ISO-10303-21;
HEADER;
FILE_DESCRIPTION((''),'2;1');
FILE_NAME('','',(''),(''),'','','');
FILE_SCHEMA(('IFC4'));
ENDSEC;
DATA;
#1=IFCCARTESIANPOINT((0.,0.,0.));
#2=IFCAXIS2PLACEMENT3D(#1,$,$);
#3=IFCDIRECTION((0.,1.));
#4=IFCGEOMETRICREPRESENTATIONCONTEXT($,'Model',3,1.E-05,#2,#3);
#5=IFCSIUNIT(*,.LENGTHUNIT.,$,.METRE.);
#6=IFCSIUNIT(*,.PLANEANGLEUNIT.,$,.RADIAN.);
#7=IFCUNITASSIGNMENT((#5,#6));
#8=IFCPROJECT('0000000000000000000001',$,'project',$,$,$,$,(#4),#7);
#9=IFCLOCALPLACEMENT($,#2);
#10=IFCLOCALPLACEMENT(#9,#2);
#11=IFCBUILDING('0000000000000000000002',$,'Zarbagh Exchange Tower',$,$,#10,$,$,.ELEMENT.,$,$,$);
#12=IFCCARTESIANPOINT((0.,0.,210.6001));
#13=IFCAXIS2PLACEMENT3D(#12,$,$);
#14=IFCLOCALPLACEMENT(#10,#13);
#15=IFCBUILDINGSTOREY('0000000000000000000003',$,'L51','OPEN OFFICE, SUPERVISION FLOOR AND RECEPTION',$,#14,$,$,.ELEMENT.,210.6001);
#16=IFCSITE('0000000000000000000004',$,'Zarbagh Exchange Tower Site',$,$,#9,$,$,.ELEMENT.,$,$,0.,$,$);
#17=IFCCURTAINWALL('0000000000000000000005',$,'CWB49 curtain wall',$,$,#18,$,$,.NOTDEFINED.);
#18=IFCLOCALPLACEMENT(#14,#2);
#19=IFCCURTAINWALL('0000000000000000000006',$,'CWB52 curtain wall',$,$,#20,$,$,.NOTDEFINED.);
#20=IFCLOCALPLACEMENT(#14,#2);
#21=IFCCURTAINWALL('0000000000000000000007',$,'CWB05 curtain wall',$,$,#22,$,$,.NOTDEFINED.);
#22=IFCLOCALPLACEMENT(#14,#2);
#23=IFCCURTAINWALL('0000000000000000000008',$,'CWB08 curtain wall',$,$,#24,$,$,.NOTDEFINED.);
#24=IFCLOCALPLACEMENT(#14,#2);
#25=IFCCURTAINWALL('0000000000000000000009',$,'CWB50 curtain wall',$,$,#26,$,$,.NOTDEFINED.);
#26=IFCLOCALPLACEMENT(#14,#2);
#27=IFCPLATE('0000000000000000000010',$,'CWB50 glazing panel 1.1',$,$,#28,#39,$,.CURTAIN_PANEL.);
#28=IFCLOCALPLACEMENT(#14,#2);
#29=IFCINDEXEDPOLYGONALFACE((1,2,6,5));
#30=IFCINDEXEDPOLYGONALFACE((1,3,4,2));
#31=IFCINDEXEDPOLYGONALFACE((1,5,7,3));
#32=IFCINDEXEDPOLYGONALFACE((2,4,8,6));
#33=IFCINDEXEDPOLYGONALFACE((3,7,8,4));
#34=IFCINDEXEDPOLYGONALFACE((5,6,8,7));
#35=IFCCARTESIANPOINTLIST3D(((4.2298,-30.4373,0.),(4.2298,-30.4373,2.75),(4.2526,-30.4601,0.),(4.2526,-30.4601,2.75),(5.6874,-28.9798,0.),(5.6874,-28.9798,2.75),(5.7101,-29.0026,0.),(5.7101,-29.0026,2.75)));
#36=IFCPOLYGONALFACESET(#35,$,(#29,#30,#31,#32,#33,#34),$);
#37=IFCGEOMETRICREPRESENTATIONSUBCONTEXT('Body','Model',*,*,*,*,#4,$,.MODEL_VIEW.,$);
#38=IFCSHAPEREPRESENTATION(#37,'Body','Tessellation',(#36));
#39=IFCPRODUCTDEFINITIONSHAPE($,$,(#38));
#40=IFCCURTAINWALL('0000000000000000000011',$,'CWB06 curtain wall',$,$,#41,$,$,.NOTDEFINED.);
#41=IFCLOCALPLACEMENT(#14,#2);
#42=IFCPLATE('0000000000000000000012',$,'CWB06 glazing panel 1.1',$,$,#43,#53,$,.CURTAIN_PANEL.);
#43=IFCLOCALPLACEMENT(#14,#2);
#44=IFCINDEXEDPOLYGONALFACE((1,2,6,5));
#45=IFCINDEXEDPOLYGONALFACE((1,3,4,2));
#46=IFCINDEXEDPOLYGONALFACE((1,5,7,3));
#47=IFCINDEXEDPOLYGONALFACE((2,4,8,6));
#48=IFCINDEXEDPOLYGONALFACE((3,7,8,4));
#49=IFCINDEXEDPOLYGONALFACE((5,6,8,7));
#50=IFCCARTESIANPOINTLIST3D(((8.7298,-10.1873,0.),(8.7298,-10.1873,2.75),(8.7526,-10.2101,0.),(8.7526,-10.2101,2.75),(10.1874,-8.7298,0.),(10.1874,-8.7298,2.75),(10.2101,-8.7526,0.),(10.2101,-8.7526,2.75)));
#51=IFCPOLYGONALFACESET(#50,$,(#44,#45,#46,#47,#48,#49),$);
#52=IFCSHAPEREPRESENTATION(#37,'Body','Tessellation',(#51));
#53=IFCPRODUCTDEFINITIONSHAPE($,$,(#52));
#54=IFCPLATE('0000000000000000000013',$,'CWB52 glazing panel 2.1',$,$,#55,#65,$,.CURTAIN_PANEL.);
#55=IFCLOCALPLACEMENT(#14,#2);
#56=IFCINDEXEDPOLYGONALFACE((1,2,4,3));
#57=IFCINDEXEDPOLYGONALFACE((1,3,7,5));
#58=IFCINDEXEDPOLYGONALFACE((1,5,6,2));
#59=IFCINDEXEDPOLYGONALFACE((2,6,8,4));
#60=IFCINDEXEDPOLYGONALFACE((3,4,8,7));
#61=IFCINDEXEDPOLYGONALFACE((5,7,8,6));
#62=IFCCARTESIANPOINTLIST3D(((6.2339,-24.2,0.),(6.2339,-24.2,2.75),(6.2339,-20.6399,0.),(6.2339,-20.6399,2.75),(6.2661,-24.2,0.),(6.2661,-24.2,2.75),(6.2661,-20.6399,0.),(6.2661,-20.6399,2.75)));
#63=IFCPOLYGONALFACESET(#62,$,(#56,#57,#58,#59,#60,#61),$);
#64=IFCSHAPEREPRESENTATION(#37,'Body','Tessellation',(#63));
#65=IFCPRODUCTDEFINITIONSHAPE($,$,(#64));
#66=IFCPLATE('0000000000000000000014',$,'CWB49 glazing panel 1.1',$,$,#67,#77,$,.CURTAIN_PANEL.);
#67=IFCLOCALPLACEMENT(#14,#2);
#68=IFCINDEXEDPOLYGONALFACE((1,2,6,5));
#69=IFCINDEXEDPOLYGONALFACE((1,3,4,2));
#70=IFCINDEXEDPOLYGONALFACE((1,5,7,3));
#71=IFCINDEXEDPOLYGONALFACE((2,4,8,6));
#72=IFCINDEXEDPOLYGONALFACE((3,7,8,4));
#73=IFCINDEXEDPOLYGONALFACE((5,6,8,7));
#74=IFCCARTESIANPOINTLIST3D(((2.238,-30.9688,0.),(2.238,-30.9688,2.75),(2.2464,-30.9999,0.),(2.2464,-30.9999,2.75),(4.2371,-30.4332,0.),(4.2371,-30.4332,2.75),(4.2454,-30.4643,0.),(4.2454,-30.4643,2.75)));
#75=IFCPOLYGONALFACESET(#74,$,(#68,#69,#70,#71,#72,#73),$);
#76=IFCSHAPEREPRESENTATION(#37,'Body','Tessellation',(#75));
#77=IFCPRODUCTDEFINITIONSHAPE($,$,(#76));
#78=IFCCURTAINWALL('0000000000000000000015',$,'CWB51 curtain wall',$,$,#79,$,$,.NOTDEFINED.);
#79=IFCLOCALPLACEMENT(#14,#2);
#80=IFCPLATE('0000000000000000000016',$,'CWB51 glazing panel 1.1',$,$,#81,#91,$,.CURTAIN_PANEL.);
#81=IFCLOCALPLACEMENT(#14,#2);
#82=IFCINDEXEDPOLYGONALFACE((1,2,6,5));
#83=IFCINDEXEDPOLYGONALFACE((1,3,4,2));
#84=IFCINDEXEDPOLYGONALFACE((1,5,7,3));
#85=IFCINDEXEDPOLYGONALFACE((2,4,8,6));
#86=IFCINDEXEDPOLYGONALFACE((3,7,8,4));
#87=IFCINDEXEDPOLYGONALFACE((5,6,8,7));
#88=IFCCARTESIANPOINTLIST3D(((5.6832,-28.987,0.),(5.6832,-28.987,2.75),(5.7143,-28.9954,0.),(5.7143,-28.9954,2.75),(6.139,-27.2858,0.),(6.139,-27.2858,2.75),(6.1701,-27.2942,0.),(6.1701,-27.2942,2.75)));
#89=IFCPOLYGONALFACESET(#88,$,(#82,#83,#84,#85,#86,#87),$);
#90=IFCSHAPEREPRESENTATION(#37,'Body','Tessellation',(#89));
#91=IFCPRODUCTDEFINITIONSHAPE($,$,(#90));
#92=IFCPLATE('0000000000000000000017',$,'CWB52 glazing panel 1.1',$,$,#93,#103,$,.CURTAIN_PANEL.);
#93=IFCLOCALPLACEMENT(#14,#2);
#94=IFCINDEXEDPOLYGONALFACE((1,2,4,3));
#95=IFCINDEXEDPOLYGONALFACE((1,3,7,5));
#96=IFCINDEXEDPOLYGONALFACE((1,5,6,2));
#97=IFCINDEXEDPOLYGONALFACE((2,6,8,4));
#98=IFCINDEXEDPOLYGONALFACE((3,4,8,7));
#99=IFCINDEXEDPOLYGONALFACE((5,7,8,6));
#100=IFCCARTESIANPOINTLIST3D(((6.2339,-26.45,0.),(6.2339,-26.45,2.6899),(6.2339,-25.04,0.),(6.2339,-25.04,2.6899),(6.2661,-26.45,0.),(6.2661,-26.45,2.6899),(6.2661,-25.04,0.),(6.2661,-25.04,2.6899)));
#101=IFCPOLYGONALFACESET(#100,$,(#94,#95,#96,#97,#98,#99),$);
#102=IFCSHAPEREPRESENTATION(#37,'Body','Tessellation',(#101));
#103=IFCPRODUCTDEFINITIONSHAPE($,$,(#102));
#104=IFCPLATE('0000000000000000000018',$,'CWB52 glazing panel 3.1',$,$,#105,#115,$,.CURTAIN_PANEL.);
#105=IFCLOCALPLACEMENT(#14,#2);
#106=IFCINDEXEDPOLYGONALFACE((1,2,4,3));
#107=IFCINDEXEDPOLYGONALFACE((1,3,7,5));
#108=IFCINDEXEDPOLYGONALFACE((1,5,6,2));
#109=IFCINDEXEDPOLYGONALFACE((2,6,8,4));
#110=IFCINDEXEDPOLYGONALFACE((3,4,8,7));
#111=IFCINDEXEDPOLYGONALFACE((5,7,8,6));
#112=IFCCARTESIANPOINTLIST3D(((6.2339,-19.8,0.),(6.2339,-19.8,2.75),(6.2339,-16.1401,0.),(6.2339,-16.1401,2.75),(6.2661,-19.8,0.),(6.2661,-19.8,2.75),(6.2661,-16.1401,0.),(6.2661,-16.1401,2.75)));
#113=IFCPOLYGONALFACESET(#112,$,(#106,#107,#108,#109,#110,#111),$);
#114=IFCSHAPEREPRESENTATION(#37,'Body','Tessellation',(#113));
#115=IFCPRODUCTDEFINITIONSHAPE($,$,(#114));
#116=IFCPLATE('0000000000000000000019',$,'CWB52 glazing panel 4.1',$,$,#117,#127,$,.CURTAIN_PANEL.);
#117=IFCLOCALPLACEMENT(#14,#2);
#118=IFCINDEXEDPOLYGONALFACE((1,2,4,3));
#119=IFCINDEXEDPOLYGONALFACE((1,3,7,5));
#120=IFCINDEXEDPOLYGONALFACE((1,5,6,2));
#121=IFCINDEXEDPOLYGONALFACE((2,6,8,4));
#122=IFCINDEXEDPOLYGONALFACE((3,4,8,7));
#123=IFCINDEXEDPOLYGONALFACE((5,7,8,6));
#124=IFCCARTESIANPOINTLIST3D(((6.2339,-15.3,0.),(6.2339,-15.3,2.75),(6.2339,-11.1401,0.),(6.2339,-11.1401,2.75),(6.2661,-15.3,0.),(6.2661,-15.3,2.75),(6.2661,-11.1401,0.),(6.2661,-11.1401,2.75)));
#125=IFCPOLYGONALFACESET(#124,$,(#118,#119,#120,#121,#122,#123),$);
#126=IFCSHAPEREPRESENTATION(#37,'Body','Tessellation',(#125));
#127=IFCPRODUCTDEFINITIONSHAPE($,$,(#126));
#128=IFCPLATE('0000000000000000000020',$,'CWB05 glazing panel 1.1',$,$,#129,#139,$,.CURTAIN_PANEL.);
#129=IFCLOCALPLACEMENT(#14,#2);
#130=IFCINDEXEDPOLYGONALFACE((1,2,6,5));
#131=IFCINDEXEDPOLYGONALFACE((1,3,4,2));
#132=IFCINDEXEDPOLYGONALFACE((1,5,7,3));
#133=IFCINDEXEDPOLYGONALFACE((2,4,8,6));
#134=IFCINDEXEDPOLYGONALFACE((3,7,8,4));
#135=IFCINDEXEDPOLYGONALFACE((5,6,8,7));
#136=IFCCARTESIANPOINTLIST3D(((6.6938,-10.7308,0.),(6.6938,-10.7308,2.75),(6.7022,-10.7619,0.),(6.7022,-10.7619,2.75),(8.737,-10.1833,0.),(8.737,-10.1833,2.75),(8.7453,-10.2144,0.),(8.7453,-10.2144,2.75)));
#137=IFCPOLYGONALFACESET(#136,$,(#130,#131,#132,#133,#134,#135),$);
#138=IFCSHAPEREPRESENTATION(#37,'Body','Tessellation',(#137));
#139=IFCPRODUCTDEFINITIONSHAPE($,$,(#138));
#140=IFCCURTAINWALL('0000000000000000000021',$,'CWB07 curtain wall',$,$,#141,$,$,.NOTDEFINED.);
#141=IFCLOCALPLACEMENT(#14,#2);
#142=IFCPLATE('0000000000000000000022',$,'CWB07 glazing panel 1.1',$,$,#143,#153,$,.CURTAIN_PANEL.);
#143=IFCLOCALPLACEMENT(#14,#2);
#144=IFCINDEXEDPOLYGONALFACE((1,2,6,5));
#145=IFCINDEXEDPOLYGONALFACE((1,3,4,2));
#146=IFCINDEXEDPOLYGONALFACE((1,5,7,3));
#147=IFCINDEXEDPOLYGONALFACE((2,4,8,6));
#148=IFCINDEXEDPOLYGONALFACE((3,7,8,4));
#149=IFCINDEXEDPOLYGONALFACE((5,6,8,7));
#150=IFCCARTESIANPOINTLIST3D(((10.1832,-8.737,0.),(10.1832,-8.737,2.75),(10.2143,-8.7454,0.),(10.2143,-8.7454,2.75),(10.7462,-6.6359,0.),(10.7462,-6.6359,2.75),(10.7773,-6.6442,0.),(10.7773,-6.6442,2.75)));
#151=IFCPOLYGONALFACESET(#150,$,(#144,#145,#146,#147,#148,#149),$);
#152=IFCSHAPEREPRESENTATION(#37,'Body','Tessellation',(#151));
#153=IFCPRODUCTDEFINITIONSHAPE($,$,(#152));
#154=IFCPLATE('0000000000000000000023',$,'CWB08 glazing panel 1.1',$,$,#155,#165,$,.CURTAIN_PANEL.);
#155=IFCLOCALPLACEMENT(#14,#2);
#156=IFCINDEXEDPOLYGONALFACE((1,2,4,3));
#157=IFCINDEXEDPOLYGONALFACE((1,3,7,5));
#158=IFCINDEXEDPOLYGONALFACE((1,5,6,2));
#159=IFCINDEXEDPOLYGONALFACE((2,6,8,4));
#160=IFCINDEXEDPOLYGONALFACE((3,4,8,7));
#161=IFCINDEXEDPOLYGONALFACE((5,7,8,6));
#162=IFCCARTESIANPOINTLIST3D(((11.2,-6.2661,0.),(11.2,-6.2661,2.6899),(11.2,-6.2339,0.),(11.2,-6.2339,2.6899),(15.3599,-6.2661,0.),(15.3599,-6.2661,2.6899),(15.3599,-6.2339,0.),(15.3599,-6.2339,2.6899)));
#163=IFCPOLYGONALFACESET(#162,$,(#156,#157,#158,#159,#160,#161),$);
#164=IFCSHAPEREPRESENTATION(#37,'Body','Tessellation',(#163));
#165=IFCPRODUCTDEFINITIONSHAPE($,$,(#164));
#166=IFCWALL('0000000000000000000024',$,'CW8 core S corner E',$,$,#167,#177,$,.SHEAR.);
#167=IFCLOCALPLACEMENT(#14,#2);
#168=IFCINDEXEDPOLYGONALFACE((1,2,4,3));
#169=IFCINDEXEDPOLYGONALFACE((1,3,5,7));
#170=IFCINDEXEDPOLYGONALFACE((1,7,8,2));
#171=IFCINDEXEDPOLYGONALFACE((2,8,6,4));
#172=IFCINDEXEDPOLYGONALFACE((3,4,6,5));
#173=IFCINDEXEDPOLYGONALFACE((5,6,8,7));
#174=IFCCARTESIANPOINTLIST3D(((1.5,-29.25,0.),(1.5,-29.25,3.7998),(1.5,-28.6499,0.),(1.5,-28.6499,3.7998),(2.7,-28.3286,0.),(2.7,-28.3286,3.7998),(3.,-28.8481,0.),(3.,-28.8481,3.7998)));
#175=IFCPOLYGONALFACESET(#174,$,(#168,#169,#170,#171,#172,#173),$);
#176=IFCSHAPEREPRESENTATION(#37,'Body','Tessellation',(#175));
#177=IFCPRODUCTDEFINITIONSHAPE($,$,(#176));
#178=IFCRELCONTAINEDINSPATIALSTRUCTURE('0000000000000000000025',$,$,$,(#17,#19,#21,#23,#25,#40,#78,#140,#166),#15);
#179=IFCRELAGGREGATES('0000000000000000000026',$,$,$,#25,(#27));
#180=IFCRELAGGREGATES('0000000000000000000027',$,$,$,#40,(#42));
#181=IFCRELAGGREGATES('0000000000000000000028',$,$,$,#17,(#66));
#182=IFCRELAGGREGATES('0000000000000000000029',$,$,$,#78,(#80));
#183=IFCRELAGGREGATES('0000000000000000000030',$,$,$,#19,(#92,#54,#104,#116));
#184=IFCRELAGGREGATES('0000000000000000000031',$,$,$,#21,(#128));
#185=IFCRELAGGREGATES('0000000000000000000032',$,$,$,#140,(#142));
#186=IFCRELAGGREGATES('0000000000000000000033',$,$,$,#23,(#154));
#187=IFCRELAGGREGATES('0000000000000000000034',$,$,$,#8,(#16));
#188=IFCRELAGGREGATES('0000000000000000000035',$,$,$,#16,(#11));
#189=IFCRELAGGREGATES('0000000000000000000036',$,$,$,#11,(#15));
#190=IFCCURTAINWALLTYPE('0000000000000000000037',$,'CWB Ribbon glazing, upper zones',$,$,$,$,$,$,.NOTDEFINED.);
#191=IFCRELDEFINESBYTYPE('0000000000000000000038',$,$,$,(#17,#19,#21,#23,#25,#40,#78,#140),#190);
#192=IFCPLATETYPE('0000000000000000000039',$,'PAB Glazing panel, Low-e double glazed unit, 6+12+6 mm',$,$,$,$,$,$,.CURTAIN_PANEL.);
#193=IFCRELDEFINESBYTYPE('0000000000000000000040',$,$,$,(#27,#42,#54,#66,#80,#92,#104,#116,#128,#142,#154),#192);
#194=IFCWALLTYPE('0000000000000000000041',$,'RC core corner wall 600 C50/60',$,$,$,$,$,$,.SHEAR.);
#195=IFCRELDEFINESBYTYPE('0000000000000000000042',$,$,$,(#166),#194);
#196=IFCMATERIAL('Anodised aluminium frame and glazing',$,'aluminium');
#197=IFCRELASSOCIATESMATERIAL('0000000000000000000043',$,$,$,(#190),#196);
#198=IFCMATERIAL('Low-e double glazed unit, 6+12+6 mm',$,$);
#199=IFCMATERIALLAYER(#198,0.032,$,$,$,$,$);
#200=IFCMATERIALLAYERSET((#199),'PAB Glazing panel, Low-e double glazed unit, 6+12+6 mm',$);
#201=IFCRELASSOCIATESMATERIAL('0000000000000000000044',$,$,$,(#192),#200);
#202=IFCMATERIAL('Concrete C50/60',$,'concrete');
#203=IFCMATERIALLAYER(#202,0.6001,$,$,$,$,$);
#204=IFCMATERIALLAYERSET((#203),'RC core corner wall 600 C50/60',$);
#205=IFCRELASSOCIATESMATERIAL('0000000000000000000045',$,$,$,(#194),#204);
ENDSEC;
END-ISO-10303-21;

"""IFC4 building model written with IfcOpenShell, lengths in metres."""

from ifc_helpers import new_model, si_unit, direction, frame, origin, place, context, subcontext, project, spatial, polyline, outline, extrude, source, transform, mapped, material, layer, layer_set, type_object, element, aggregate, save


model = new_model("IFC4")

# Units and contexts
model_context = context("Model", 3, precision=1e-05, world=origin(), true_north=direction((0.0, 1.0)))
body_context = subcontext(model_context, "Body", "Model", "MODEL_VIEW")
ifc_project = project(units=[si_unit("LENGTHUNIT", "METRE"), si_unit("PLANEANGLEUNIT", "RADIAN")], contexts=[model_context])

# Site, building, storey
site_placement = place(None, origin())
site = spatial("IfcSite", under=ifc_project, at=site_placement, Name="Zarbagh Exchange Tower Site", CompositionType="ELEMENT", RefElevation=0.0)
building_placement = place(site_placement, origin())
building = spatial("IfcBuilding", under=site, at=building_placement, Name="Zarbagh Exchange Tower", CompositionType="ELEMENT")
storey_placement = place(building_placement, frame((0.0, 0.0, 210.6001)))
storey = spatial("IfcBuildingStorey", under=building, at=storey_placement, Name="L51", Description="OPEN OFFICE, SUPERVISION FLOOR AND RECEPTION", CompositionType="ELEMENT", Elevation=210.6001)

# Curtain wall
ifc_material_1 = material(Name="Anodised aluminium frame and glazing", Category="aluminium")
curtain_wall_type = type_object("IfcCurtainWallType", Name="CWB Ribbon glazing, upper zones", PredefinedType="NOTDEFINED", material=ifc_material_1)
curtain_wall_1_placement = place(storey_placement, origin())
curtain_wall_1 = element("IfcCurtainWall", 1, at=curtain_wall_1_placement, inside=storey, type_object=curtain_wall_type, Name="CWB49 curtain wall", PredefinedType="NOTDEFINED")
placement = place(storey_placement, origin())

# Curtain wall
curtain_wall_2_placement = place(storey_placement, origin())
curtain_wall_2 = element("IfcCurtainWall", 2, at=curtain_wall_2_placement, inside=storey, type_object=curtain_wall_type, Name="CWB52 curtain wall", PredefinedType="NOTDEFINED")

# Curtain walls
curtain_wall_3_placement = place(storey_placement, origin())
curtain_wall_3 = element("IfcCurtainWall", 3, at=curtain_wall_3_placement, inside=storey, type_object=curtain_wall_type, Name="CWB05 curtain wall", PredefinedType="NOTDEFINED")
curtain_wall_4_placement = place(storey_placement, origin())
curtain_wall_4 = element("IfcCurtainWall", 4, at=curtain_wall_4_placement, inside=storey, type_object=curtain_wall_type, Name="CWB08 curtain wall", PredefinedType="NOTDEFINED")

# Curtain walls, plates
curtain_wall_5_placement = place(storey_placement, origin())
curtain_wall_5 = element("IfcCurtainWall", 5, at=curtain_wall_5_placement, inside=storey, type_object=curtain_wall_type, Name="CWB50 curtain wall", PredefinedType="NOTDEFINED")
ifc_material_2 = material(Name="Low-e double glazed unit, 6+12+6 mm")
ifc_layer_1 = layer(ifc_material_2, 0.032)
ifc_layer_set_1 = layer_set([ifc_layer_1], Name="PAB Glazing panel, Low-e double glazed unit, 6+12+6 mm")
plate_type = type_object("IfcPlateType", Name="PAB Glazing panel, Low-e double glazed unit, 6+12+6 mm", PredefinedType="CURTAIN_PANEL", material=ifc_layer_set_1)
shared_shape_1 = source(origin(), body_context, "Body", "SweptSolid", [
    extrude(outline(polyline([(0.0, -0.0161), (2.0613, -0.0161), (2.0613, 0.0161), (0.0, 0.0161), (0.0, -0.0161)])), origin(), (0.0, 0.0, 1.0), 2.75),
])
plate_1 = element("IfcPlate", 6, at=placement, type_object=plate_type, Name="CWB50 glazing panel 1.1", PredefinedType="CURTAIN_PANEL", context=body_context, shape_type="MappedRepresentation", body=[
    mapped(shared_shape_1, transform((4.2412, -30.4487, 0.0), x_axis=(0.707107, 0.707107, 0.0), y_axis=(-0.707107, 0.707107, 0.0), z_axis=(0.0, 0.0, 1.0))),
])
aggregate(curtain_wall_5, [plate_1])
curtain_wall_6_placement = place(storey_placement, origin())
curtain_wall_6 = element("IfcCurtainWall", 7, at=curtain_wall_6_placement, inside=storey, type_object=curtain_wall_type, Name="CWB06 curtain wall", PredefinedType="NOTDEFINED")
plate_2 = element("IfcPlate", 8, at=placement, type_object=plate_type, Name="CWB06 glazing panel 1.1", PredefinedType="CURTAIN_PANEL", context=body_context, shape_type="MappedRepresentation", body=[
    mapped(shared_shape_1, transform((8.7412, -10.1987, 0.0), x_axis=(0.707107, 0.707107, 0.0), y_axis=(-0.707107, 0.707107, 0.0), z_axis=(0.0, 0.0, 1.0))),
])
aggregate(curtain_wall_6, [plate_2])

# Plates
shared_shape_2 = source(origin(), body_context, "Body", "SweptSolid", [
    extrude(outline(polyline([(0.0, -0.0161), (3.5601, -0.0161), (3.5601, 0.0161), (0.0, 0.0161), (0.0, -0.0161)])), origin(), (0.0, 0.0, 1.0), 2.75),
])
plate_3 = element("IfcPlate", 9, at=placement, type_object=plate_type, Name="CWB52 glazing panel 2.1", PredefinedType="CURTAIN_PANEL", context=body_context, shape_type="MappedRepresentation", body=[
    mapped(shared_shape_2, transform((6.25, -24.2, 0.0), x_axis=(0.0, 1.0, 0.0), y_axis=(-1.0, 0.0, 0.0), z_axis=(0.0, 0.0, 1.0))),
])
shared_shape_3 = source(origin(), body_context, "Body", "SweptSolid", [
    extrude(outline(polyline([(0.0, -0.0161), (2.0696, -0.0161), (2.0696, 0.0161), (0.0, 0.0161), (0.0, -0.0161)])), origin(), (0.0, 0.0, 1.0), 2.75),
])
plate_4 = element("IfcPlate", 10, at=placement, type_object=plate_type, Name="CWB49 glazing panel 1.1", PredefinedType="CURTAIN_PANEL", context=body_context, shape_type="MappedRepresentation", body=[
    mapped(shared_shape_3, transform((2.2422, -30.9844, 0.0), x_axis=(0.965924, 0.258825, 0.0), y_axis=(-0.258825, 0.965924, 0.0), z_axis=(0.0, 0.0, 1.0))),
])
aggregate(curtain_wall_1, [plate_4])

# Curtain wall, plate
curtain_wall_7_placement = place(storey_placement, origin())
curtain_wall_7 = element("IfcCurtainWall", 11, at=curtain_wall_7_placement, inside=storey, type_object=curtain_wall_type, Name="CWB51 curtain wall", PredefinedType="NOTDEFINED")
shared_shape_4 = source(origin(), body_context, "Body", "SweptSolid", [
    extrude(outline(polyline([(0.0, -0.0161), (1.7612, -0.0161), (1.7612, 0.0161), (0.0, 0.0161), (0.0, -0.0161)])), origin(), (0.0, 0.0, 1.0), 2.75),
])
plate_5 = element("IfcPlate", 12, at=placement, type_object=plate_type, Name="CWB51 glazing panel 1.1", PredefinedType="CURTAIN_PANEL", context=body_context, shape_type="MappedRepresentation", body=[
    mapped(shared_shape_4, transform((5.6987, -28.9912, 0.0), x_axis=(0.258825, 0.965924, 0.0), y_axis=(-0.965924, 0.258825, 0.0), z_axis=(0.0, 0.0, 1.0))),
])
aggregate(curtain_wall_7, [plate_5])

# Plates
shared_shape_5 = source(origin(), body_context, "Body", "SweptSolid", [
    extrude(outline(polyline([(0.0, -0.0161), (1.4099, -0.0161), (1.4099, 0.0161), (0.0, 0.0161), (0.0, -0.0161)])), origin(), (0.0, 0.0, 1.0), 2.6899),
])
plate_6 = element("IfcPlate", 13, at=placement, type_object=plate_type, Name="CWB52 glazing panel 1.1", PredefinedType="CURTAIN_PANEL", context=body_context, shape_type="MappedRepresentation", body=[
    mapped(shared_shape_5, transform((6.25, -26.45, 0.0), x_axis=(0.0, 1.0, 0.0), y_axis=(-1.0, 0.0, 0.0), z_axis=(0.0, 0.0, 1.0))),
])
shared_shape_6 = source(origin(), body_context, "Body", "SweptSolid", [
    extrude(outline(polyline([(0.0, -0.0161), (3.6599, -0.0161), (3.6599, 0.0161), (0.0, 0.0161), (0.0, -0.0161)])), origin(), (0.0, 0.0, 1.0), 2.75),
])
plate_7 = element("IfcPlate", 14, at=placement, type_object=plate_type, Name="CWB52 glazing panel 3.1", PredefinedType="CURTAIN_PANEL", context=body_context, shape_type="MappedRepresentation", body=[
    mapped(shared_shape_6, transform((6.25, -19.8, 0.0), x_axis=(0.0, 1.0, 0.0), y_axis=(-1.0, 0.0, 0.0), z_axis=(0.0, 0.0, 1.0))),
])
shared_shape_7 = source(origin(), body_context, "Body", "SweptSolid", [
    extrude(outline(polyline([(0.0, -0.0161), (4.1599, -0.0161), (4.1599, 0.0161), (0.0, 0.0161), (0.0, -0.0161)])), origin(), (0.0, 0.0, 1.0), 2.75),
])
plate_8 = element("IfcPlate", 15, at=placement, type_object=plate_type, Name="CWB52 glazing panel 4.1", PredefinedType="CURTAIN_PANEL", context=body_context, shape_type="MappedRepresentation", body=[
    mapped(shared_shape_7, transform((6.25, -15.3, 0.0), x_axis=(0.0, 1.0, 0.0), y_axis=(-1.0, 0.0, 0.0), z_axis=(0.0, 0.0, 1.0))),
])
aggregate(curtain_wall_2, [plate_6, plate_3, plate_7, plate_8])
shared_shape_8 = source(origin(), body_context, "Body", "SweptSolid", [
    extrude(outline(polyline([(0.0, -0.0161), (2.1152, -0.0161), (2.1152, 0.0161), (0.0, 0.0161), (0.0, -0.0161)])), origin(), (0.0, 0.0, 1.0), 2.75),
])
plate_9 = element("IfcPlate", 16, at=placement, type_object=plate_type, Name="CWB05 glazing panel 1.1", PredefinedType="CURTAIN_PANEL", context=body_context, shape_type="MappedRepresentation", body=[
    mapped(shared_shape_8, transform((6.698, -10.7463, 0.0), x_axis=(0.965924, 0.258825, 0.0), y_axis=(-0.258825, 0.965924, 0.0), z_axis=(0.0, 0.0, 1.0))),
])
aggregate(curtain_wall_3, [plate_9])

# Curtain wall, plate
curtain_wall_8_placement = place(storey_placement, origin())
curtain_wall_8 = element("IfcCurtainWall", 17, at=curtain_wall_8_placement, inside=storey, type_object=curtain_wall_type, Name="CWB07 curtain wall", PredefinedType="NOTDEFINED")
shared_shape_9 = source(origin(), body_context, "Body", "SweptSolid", [
    extrude(outline(polyline([(0.0, -0.0161), (2.1753, -0.0161), (2.1753, 0.0161), (0.0, 0.0161), (0.0, -0.0161)])), origin(), (0.0, 0.0, 1.0), 2.75),
])
plate_10 = element("IfcPlate", 18, at=placement, type_object=plate_type, Name="CWB07 glazing panel 1.1", PredefinedType="CURTAIN_PANEL", context=body_context, shape_type="MappedRepresentation", body=[
    mapped(shared_shape_9, transform((10.1987, -8.7412, 0.0), x_axis=(0.258825, 0.965924, 0.0), y_axis=(-0.965924, 0.258825, 0.0), z_axis=(0.0, 0.0, 1.0))),
])
aggregate(curtain_wall_8, [plate_10])

# Plate
shared_shape_10 = source(origin(), body_context, "Body", "SweptSolid", [
    extrude(outline(polyline([(0.0, -0.0161), (4.1599, -0.0161), (4.1599, 0.0161), (0.0, 0.0161), (0.0, -0.0161)])), origin(), (0.0, 0.0, 1.0), 2.6899),
])
plate_11 = element("IfcPlate", 19, at=placement, type_object=plate_type, Name="CWB08 glazing panel 1.1", PredefinedType="CURTAIN_PANEL", context=body_context, shape_type="MappedRepresentation", body=[
    mapped(shared_shape_10, transform((11.2, -6.25, 0.0), x_axis=(1.0, 0.0, 0.0), y_axis=(0.0, 1.0, 0.0), z_axis=(0.0, 0.0, 1.0))),
])
aggregate(curtain_wall_4, [plate_11])

# Wall
ifc_material_3 = material(Name="Concrete C50/60", Category="concrete")
ifc_layer_2 = layer(ifc_material_3, 0.6001)
ifc_layer_set_2 = layer_set([ifc_layer_2], Name="RC core corner wall 600 C50/60")
wall_type = type_object("IfcWallType", Name="RC core corner wall 600 C50/60", PredefinedType="SHEAR", material=ifc_layer_set_2)
wall_placement = place(storey_placement, origin())
element("IfcWall", 20, at=wall_placement, inside=storey, type_object=wall_type, Name="CW8 core S corner E", PredefinedType="SHEAR", context=body_context, shape_type="SweptSolid", body=[
    extrude(outline(polyline([(3.0, -28.8481), (1.5, -29.25), (1.5, -28.6499), (2.7, -28.3286), (3.0, -28.8481)])), origin(), (0.0, 0.0, 1.0), 3.7998),
])

save(model, "model.ifc")
